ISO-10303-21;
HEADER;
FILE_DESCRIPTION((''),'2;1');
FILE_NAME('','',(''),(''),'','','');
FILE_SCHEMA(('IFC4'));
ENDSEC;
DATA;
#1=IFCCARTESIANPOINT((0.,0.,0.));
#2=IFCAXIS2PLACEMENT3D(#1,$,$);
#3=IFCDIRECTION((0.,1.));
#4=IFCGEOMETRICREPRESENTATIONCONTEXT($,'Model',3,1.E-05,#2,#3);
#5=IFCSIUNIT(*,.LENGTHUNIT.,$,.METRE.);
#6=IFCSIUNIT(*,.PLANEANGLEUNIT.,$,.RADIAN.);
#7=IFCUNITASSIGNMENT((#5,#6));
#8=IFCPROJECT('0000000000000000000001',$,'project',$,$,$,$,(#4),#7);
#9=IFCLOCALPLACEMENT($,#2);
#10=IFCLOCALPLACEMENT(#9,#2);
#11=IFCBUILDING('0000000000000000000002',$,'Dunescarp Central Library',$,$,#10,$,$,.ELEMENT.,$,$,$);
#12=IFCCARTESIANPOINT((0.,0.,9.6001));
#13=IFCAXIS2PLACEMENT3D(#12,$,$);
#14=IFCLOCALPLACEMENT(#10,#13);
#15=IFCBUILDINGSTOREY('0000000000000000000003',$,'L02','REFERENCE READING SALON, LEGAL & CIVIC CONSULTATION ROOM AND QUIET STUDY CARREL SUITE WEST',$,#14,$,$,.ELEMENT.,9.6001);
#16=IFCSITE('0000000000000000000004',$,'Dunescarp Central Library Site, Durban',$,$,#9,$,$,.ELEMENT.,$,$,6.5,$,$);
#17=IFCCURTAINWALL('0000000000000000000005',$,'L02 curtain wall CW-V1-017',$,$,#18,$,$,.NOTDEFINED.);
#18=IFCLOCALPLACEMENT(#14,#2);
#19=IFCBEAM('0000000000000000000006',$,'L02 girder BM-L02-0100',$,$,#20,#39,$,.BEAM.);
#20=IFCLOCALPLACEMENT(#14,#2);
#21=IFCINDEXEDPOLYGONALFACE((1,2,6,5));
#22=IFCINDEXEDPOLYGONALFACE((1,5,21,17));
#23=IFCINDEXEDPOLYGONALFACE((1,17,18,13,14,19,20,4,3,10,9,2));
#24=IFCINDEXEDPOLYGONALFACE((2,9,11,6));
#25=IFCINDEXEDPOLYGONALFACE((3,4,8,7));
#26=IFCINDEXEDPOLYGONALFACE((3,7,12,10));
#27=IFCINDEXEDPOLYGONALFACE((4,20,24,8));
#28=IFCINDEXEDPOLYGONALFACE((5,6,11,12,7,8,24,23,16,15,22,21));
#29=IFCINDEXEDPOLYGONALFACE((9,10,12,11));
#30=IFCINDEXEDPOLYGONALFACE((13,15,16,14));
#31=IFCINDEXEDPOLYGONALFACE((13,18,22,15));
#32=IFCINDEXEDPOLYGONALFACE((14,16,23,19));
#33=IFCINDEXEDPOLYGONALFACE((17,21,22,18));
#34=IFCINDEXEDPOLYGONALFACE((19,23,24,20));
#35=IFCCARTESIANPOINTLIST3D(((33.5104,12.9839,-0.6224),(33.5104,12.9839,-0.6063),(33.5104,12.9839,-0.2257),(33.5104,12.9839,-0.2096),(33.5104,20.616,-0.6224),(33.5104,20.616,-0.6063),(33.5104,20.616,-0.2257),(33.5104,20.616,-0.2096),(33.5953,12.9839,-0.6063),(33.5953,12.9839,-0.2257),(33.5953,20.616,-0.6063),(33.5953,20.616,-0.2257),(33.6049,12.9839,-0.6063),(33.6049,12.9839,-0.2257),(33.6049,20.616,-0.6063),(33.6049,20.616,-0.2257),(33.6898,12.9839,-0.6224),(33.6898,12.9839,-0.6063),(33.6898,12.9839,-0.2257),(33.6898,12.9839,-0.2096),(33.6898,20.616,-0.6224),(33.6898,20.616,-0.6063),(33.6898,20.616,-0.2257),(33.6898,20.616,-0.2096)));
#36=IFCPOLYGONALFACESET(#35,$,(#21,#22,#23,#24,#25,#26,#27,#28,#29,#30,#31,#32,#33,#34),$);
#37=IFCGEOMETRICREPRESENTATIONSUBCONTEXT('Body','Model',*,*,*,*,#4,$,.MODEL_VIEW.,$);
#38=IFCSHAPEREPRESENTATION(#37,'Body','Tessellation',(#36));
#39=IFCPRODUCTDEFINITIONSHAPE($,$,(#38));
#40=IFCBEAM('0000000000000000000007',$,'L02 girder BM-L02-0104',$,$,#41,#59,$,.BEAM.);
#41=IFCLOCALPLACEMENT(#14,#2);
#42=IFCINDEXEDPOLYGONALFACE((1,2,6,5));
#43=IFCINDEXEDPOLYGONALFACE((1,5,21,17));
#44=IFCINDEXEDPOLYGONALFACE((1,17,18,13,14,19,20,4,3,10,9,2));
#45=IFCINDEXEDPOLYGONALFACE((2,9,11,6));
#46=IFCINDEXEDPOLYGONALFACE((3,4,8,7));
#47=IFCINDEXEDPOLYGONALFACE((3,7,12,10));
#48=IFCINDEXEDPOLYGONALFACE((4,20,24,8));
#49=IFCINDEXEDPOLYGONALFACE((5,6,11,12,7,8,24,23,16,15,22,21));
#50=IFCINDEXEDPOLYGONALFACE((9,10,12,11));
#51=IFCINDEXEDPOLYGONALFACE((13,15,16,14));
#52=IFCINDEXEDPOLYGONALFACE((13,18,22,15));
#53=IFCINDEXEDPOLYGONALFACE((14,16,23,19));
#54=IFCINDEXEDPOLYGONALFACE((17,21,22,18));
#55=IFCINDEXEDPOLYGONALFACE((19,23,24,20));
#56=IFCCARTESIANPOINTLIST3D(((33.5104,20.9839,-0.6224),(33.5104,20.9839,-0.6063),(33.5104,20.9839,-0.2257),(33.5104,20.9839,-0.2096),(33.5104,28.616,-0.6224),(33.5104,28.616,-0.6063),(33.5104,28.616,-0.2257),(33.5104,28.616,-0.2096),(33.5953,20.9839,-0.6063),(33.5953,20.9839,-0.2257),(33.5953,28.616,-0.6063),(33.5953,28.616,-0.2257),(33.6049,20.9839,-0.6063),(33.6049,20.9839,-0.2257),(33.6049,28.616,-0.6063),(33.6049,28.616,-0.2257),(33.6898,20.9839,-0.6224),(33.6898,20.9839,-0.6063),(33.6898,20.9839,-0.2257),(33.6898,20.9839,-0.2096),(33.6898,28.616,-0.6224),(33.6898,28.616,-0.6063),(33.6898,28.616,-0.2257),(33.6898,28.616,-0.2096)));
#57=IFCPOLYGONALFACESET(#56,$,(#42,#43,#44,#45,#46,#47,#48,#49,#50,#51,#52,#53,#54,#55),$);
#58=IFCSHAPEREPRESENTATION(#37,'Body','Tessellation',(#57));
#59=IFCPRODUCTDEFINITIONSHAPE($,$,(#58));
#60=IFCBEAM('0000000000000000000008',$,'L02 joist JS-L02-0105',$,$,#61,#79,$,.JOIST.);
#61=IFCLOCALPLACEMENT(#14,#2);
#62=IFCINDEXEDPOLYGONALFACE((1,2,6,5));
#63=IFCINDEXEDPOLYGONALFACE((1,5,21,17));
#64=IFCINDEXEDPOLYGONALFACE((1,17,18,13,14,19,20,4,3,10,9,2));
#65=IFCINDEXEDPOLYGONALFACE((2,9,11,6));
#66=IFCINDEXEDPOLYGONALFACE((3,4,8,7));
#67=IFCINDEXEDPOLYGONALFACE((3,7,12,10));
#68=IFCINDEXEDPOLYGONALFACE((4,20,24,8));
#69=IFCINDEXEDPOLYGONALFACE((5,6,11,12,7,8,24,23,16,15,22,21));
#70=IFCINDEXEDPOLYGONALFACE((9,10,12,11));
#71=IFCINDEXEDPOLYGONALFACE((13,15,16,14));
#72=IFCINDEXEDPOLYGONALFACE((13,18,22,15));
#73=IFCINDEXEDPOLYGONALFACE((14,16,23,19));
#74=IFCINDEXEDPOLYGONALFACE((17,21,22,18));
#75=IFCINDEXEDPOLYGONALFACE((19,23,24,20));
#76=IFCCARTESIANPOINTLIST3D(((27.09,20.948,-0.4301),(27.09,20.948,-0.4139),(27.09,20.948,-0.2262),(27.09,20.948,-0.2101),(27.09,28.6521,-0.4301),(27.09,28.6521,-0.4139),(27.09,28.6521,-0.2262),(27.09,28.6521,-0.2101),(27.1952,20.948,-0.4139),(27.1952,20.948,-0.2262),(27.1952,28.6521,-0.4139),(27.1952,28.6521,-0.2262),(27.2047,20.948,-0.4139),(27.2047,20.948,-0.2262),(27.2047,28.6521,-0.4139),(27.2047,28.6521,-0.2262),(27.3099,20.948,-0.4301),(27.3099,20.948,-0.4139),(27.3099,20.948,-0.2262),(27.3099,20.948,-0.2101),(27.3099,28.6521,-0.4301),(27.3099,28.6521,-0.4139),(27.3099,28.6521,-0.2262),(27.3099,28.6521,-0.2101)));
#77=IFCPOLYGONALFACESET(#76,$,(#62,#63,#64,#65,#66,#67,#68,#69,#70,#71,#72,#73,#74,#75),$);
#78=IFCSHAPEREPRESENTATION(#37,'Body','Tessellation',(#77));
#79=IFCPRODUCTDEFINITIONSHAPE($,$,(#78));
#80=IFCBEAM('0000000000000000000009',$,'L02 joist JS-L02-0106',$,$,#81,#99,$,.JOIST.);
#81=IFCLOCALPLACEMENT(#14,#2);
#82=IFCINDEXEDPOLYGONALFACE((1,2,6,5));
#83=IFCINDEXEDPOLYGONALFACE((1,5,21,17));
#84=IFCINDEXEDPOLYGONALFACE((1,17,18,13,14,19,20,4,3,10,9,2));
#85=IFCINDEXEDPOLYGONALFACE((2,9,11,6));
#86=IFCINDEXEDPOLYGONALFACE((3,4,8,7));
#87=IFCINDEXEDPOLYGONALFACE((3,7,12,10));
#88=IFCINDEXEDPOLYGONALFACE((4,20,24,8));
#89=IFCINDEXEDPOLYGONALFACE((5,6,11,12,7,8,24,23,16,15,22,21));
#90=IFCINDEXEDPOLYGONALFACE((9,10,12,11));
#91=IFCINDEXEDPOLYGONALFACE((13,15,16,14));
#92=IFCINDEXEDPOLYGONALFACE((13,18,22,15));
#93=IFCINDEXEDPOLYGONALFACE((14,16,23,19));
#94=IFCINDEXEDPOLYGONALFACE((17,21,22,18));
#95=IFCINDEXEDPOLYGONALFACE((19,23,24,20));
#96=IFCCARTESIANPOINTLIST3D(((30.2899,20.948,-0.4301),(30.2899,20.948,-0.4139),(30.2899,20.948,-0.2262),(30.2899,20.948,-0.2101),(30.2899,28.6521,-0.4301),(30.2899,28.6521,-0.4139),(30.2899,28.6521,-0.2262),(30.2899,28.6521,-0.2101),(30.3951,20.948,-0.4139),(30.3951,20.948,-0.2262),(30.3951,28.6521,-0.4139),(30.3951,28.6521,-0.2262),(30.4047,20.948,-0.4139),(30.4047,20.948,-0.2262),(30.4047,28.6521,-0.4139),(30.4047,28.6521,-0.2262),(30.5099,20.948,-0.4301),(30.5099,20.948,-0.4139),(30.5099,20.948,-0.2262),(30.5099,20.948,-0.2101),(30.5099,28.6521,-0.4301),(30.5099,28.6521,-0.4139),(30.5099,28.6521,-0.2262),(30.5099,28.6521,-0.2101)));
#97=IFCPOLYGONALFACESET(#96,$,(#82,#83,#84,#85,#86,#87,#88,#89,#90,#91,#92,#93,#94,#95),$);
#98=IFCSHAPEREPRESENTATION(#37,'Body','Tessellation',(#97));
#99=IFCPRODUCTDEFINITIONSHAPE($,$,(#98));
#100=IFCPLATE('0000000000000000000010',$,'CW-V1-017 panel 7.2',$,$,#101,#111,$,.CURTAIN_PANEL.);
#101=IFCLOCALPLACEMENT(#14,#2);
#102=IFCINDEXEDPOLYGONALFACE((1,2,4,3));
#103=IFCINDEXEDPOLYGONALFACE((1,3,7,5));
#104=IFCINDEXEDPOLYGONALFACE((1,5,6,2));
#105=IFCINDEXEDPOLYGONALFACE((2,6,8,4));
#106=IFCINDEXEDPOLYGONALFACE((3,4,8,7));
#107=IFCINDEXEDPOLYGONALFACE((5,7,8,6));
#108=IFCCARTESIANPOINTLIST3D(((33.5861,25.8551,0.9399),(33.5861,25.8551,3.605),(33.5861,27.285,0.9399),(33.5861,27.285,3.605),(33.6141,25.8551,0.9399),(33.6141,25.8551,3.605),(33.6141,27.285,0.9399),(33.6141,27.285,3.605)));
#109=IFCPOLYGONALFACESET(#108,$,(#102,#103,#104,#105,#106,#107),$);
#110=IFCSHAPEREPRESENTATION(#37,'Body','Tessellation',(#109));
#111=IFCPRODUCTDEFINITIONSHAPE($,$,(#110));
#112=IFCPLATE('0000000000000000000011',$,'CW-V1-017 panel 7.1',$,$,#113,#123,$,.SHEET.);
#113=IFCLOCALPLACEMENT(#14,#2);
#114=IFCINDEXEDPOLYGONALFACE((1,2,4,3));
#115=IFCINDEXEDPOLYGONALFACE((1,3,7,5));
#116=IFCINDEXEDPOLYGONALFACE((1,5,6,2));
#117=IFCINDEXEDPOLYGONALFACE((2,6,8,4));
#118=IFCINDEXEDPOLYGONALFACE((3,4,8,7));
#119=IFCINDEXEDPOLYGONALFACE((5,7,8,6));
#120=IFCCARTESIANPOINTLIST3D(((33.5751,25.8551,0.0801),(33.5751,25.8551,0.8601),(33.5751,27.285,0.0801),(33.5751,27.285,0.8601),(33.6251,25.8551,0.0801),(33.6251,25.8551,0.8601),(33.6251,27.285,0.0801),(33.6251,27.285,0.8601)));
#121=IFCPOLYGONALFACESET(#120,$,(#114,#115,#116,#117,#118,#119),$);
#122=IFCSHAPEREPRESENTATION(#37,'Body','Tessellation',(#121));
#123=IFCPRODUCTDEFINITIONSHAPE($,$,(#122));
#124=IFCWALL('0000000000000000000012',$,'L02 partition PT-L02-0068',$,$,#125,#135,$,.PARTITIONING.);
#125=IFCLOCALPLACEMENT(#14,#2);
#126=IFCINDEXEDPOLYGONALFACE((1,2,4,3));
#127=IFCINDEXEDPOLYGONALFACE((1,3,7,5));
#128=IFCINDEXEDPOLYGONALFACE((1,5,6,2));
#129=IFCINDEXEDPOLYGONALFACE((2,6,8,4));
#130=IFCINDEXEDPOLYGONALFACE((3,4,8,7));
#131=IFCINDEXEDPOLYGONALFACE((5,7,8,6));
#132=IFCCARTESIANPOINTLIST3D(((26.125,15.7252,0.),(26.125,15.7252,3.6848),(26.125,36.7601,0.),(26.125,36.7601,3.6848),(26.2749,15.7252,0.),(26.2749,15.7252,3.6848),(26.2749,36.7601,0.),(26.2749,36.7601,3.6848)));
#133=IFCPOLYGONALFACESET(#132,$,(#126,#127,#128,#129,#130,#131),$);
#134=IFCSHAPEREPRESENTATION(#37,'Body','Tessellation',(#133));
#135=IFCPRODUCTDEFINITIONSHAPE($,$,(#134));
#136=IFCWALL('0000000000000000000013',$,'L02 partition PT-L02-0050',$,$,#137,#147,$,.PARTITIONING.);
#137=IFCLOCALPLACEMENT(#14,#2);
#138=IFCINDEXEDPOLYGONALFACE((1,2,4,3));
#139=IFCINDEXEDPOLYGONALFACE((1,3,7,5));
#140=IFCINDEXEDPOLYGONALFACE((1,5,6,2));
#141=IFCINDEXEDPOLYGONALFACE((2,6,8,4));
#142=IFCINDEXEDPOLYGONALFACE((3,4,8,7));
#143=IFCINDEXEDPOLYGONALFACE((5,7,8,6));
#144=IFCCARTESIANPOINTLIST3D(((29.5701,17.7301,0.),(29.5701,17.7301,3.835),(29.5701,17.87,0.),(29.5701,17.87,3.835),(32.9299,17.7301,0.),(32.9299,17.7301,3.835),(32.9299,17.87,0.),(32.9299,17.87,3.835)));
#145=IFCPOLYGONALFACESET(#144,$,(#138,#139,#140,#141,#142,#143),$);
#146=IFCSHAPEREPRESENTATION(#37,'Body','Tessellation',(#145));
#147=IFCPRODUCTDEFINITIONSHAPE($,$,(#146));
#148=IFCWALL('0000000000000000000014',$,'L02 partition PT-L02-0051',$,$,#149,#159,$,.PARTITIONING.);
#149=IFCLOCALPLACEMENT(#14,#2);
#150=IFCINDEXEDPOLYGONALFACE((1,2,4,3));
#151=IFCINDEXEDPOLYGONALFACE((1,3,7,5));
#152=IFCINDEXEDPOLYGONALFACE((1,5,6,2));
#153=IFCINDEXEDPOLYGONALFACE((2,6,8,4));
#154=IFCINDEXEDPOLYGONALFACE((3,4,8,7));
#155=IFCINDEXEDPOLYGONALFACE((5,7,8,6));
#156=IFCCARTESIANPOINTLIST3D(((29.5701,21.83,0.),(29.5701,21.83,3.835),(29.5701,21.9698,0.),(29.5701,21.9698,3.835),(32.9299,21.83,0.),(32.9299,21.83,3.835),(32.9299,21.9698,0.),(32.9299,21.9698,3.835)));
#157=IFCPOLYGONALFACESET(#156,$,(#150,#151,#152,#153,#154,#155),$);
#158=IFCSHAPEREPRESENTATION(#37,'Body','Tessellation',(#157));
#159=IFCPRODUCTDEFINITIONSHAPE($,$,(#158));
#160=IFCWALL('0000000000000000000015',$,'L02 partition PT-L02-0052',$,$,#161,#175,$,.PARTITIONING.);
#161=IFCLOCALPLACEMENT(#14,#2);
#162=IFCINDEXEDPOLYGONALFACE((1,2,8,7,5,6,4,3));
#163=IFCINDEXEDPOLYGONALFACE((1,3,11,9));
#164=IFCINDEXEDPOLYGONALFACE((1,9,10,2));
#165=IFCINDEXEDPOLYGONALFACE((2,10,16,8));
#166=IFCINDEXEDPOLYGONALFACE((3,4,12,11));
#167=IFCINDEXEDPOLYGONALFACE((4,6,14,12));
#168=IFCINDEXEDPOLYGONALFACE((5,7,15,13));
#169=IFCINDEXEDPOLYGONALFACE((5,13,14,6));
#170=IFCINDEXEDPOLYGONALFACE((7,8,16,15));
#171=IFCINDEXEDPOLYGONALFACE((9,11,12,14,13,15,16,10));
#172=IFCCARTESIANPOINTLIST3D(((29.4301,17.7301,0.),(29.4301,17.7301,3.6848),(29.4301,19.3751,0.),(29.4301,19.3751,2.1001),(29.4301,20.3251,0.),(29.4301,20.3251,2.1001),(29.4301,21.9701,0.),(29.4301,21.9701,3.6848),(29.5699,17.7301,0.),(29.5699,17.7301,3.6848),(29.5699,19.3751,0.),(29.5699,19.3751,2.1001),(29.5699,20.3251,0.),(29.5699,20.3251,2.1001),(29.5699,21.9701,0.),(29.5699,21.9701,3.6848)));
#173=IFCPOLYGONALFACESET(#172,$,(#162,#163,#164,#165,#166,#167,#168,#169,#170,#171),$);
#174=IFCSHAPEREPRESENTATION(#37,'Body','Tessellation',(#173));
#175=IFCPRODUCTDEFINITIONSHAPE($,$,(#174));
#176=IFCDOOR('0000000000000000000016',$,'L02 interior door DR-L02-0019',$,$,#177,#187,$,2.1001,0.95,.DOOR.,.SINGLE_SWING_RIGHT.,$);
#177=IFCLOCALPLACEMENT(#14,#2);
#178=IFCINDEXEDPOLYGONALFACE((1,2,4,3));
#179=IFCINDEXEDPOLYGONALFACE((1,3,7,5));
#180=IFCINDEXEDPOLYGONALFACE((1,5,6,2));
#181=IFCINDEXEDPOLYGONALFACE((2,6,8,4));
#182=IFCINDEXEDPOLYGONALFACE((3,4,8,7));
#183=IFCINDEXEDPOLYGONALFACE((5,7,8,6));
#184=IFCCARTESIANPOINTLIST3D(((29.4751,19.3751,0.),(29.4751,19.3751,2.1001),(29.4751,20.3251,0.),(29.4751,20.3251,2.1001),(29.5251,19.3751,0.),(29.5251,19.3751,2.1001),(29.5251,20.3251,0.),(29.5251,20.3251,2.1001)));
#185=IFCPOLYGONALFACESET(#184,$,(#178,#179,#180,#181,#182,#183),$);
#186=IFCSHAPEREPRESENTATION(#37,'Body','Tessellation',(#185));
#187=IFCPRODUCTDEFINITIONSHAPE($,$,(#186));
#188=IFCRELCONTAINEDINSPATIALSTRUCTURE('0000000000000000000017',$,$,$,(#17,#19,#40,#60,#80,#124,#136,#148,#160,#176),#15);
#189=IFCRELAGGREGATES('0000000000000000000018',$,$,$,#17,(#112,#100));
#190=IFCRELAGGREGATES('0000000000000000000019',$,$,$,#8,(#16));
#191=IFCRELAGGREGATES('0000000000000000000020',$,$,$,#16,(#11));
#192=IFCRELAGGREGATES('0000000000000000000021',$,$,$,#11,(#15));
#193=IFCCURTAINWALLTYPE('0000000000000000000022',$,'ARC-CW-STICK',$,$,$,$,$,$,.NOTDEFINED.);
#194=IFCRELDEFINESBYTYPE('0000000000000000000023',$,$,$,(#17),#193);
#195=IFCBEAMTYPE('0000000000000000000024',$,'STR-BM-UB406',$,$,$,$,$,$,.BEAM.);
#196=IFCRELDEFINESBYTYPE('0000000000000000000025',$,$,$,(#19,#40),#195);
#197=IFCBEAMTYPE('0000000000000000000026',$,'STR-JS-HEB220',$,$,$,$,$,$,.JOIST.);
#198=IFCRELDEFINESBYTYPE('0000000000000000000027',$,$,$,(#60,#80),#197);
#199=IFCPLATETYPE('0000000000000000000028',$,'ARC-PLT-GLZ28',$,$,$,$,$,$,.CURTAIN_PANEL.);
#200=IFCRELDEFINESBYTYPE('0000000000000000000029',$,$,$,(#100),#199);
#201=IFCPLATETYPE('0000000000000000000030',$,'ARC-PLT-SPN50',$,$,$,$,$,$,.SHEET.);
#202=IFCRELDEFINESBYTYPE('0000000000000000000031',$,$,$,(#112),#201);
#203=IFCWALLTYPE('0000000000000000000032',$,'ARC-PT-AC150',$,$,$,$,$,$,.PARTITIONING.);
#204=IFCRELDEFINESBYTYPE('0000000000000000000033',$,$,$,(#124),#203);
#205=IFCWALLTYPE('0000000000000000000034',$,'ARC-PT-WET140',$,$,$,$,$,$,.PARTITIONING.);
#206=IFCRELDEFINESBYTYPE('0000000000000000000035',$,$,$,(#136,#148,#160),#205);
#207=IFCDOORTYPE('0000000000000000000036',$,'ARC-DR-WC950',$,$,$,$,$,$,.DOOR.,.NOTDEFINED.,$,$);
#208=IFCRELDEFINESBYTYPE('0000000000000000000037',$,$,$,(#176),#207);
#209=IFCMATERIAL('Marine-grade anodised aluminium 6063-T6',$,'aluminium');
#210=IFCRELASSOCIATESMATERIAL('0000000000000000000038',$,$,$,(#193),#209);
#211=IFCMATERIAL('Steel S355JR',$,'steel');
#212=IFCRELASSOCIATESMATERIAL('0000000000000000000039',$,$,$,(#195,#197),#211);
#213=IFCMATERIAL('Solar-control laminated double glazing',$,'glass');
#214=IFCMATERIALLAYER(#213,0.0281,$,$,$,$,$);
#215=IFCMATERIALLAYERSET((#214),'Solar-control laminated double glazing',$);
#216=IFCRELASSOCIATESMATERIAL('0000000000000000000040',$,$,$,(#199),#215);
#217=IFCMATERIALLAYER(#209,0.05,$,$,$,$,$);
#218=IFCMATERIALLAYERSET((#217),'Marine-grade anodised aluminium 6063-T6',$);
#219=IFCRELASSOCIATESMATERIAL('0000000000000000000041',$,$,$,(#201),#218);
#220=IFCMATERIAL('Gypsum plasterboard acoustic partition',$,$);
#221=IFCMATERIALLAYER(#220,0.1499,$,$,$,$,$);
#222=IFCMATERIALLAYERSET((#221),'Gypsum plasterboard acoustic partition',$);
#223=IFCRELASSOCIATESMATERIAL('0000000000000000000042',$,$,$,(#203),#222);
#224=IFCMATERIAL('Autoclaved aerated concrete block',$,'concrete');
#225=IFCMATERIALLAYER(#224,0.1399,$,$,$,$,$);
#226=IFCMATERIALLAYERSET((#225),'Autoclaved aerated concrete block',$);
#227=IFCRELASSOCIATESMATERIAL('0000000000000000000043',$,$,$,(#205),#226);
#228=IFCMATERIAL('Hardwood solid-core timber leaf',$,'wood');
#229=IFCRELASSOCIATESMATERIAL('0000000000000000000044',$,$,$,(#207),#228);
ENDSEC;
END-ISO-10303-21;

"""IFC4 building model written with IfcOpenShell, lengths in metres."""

from ifc_helpers import new_model, si_unit, direction, frame, frame_2d, origin, origin_2d, place, context, subcontext, project, spatial, rectangle, i_section, extrude, material, layer, layer_set, material_profile, profile_set, type_object, element, fill, aggregate, save


model = new_model("IFC4")

# Units and contexts
model_context = context("Model", 3, precision=1e-05, world=origin(), true_north=direction((0.0, 1.0)))
body_context = subcontext(model_context, "Body", "Model", "MODEL_VIEW")
ifc_project = project(units=[si_unit("LENGTHUNIT", "METRE"), si_unit("PLANEANGLEUNIT", "RADIAN")], contexts=[model_context])

# Site, building, storey
site_placement = place(None, origin())
site = spatial("IfcSite", under=ifc_project, at=site_placement, Name="Dunescarp Central Library Site, Durban", CompositionType="ELEMENT", RefElevation=6.5)
building_placement = place(site_placement, origin())
building = spatial("IfcBuilding", under=site, at=building_placement, Name="Dunescarp Central Library", CompositionType="ELEMENT")
storey_placement = place(building_placement, frame((0.0, 0.0, 9.6001)))
storey = spatial("IfcBuildingStorey", under=building, at=storey_placement, Name="L02", Description="REFERENCE READING SALON, LEGAL & CIVIC CONSULTATION ROOM AND QUIET STUDY CARREL SUITE WEST", CompositionType="ELEMENT", Elevation=9.6001)

# Shared definitions
ifc_material_1 = material(Name="Steel S355JR", Category="steel")

# Curtain wall
ifc_material_2 = material(Name="Marine-grade anodised aluminium 6063-T6", Category="aluminium")
curtain_wall_type = type_object("IfcCurtainWallType", Name="ARC-CW-STICK", PredefinedType="NOTDEFINED", material=ifc_material_2)
curtain_wall_placement = place(storey_placement, origin())
curtain_wall = element("IfcCurtainWall", 1, at=curtain_wall_placement, inside=storey, type_object=curtain_wall_type, Name="L02 curtain wall CW-V1-017", PredefinedType="NOTDEFINED")

# Beams
ifc_material_profile_1 = material_profile(ifc_material_1, i_section(OverallWidth=0.1794, OverallDepth=0.4128, WebThickness=0.0095, FlangeThickness=0.0161, at=origin_2d()), Name="UB 406x178x74")
ifc_profile_set_1 = profile_set([ifc_material_profile_1], Name="Steel S355JR")
beam_type_1 = type_object("IfcBeamType", Name="STR-BM-UB406", PredefinedType="BEAM", material=ifc_profile_set_1)
for number, where, z_axis, x_axis, name in (
    (2, (33.6001, 12.9839, -0.416), (0.0, 1.0, 0.0), (-1.0, 0.0, 0.0), "L02 girder BM-L02-0100"),
    (3, (33.6001, 20.9839, -0.416), (0.0, 1.0, 0.0), (-1.0, 0.0, 0.0), "L02 girder BM-L02-0104"),
):
    element("IfcBeam", number, at=place(storey_placement, frame(where, z_axis=z_axis, x_axis=x_axis)), inside=storey, type_object=beam_type_1, Name=name, PredefinedType="BEAM", context=body_context, shape_type="SweptSolid", body=[
        extrude(i_section(OverallWidth=0.1794, OverallDepth=0.4128, WebThickness=0.0095, FlangeThickness=0.0161, at=origin_2d()), origin(), (0.0, 0.0, 1.0), 7.6321),
    ])
ifc_material_profile_2 = material_profile(ifc_material_1, i_section(OverallWidth=0.22, OverallDepth=0.22, WebThickness=0.0095, FlangeThickness=0.0161, at=origin_2d()), Name="HEB 220")
ifc_profile_set_2 = profile_set([ifc_material_profile_2], Name="Steel S355JR")
beam_type_2 = type_object("IfcBeamType", Name="STR-JS-HEB220", PredefinedType="JOIST", material=ifc_profile_set_2)
for number, where, z_axis, x_axis, name in (
    (4, (27.2, 20.948, -0.3201), (0.0, 1.0, 0.0), (-1.0, 0.0, 0.0), "L02 joist JS-L02-0105"),
    (5, (30.3999, 20.948, -0.3201), (0.0, 1.0, 0.0), (-1.0, 0.0, 0.0), "L02 joist JS-L02-0106"),
):
    element("IfcBeam", number, at=place(storey_placement, frame(where, z_axis=z_axis, x_axis=x_axis)), inside=storey, type_object=beam_type_2, Name=name, PredefinedType="JOIST", context=body_context, shape_type="SweptSolid", body=[
        extrude(i_section(OverallWidth=0.22, OverallDepth=0.22, WebThickness=0.0095, FlangeThickness=0.0161, at=origin_2d()), origin(), (0.0, 0.0, 1.0), 7.7041),
    ])

# Plates
ifc_material_3 = material(Name="Solar-control laminated double glazing", Category="glass")
ifc_layer_1 = layer(ifc_material_3, 0.0281)
ifc_layer_set_1 = layer_set([ifc_layer_1], Name="Solar-control laminated double glazing")
plate_type_1 = type_object("IfcPlateType", Name="ARC-PLT-GLZ28", PredefinedType="CURTAIN_PANEL", material=ifc_layer_set_1)
plate_1_placement = place(storey_placement, frame((33.6001, 26.5701, 0.9399), z_axis=(0.0, 0.0, 1.0), x_axis=(0.0, -1.0, 0.0)))
plate_1 = element("IfcPlate", 6, at=plate_1_placement, type_object=plate_type_1, Name="CW-V1-017 panel 7.2", PredefinedType="CURTAIN_PANEL", context=body_context, shape_type="SweptSolid", body=[
    extrude(rectangle(XDim=1.4299, YDim=0.0281, at=origin_2d()), origin(), (0.0, 0.0, 1.0), 2.665),
])
ifc_layer_2 = layer(ifc_material_2, 0.05)
ifc_layer_set_2 = layer_set([ifc_layer_2], Name="Marine-grade anodised aluminium 6063-T6")
plate_type_2 = type_object("IfcPlateType", Name="ARC-PLT-SPN50", PredefinedType="SHEET", material=ifc_layer_set_2)
plate_2_placement = place(storey_placement, frame((33.6001, 26.5701, 0.0801), z_axis=(0.0, 0.0, 1.0), x_axis=(0.0, -1.0, 0.0)))
plate_2 = element("IfcPlate", 7, at=plate_2_placement, type_object=plate_type_2, Name="CW-V1-017 panel 7.1", PredefinedType="SHEET", context=body_context, shape_type="SweptSolid", body=[
    extrude(rectangle(XDim=1.4299, YDim=0.05, at=origin_2d()), origin(), (0.0, 0.0, 1.0), 0.78),
])
aggregate(curtain_wall, [plate_2, plate_1])

# Walls
ifc_material_4 = material(Name="Gypsum plasterboard acoustic partition")
ifc_layer_3 = layer(ifc_material_4, 0.1499)
ifc_layer_set_3 = layer_set([ifc_layer_3], Name="Gypsum plasterboard acoustic partition")
wall_type_1 = type_object("IfcWallType", Name="ARC-PT-AC150", PredefinedType="PARTITIONING", material=ifc_layer_set_3)
wall_1_placement = place(storey_placement, frame((26.2, 15.7251, 0.0), z_axis=(0.0, 0.0, 1.0), x_axis=(0.0, 1.0, 0.0)))
element("IfcWall", 8, at=wall_1_placement, inside=storey, type_object=wall_type_1, Name="L02 partition PT-L02-0068", PredefinedType="PARTITIONING", context=body_context, shape_type="SweptSolid", body=[
    extrude(rectangle(XDim=21.0349, YDim=0.1499, at=frame_2d((10.5176, 0.0))), origin(), (0.0, 0.0, 1.0), 3.6848),
])
ifc_material_5 = material(Name="Autoclaved aerated concrete block", Category="concrete")
ifc_layer_4 = layer(ifc_material_5, 0.1399)
ifc_layer_set_4 = layer_set([ifc_layer_4], Name="Autoclaved aerated concrete block")
wall_type_2 = type_object("IfcWallType", Name="ARC-PT-WET140", PredefinedType="PARTITIONING", material=ifc_layer_set_4)
for number, where, z_axis, x_axis, name in (
    (9, (29.5701, 17.8, 0.0), (0.0, 0.0, 1.0), (1.0, 0.0, 0.0), "L02 partition PT-L02-0050"),
    (10, (29.5701, 21.8999, 0.0), (0.0, 0.0, 1.0), (1.0, 0.0, 0.0), "L02 partition PT-L02-0051"),
):
    element("IfcWall", number, at=place(storey_placement, frame(where, z_axis=z_axis, x_axis=x_axis)), inside=storey, type_object=wall_type_2, Name=name, PredefinedType="PARTITIONING", context=body_context, shape_type="SweptSolid", body=[
        extrude(rectangle(XDim=3.3599, YDim=0.1399, at=frame_2d((1.6799, 0.0))), origin(), (0.0, 0.0, 1.0), 3.835),
    ])

# Wall, opening, door
wall_2_placement = place(storey_placement, frame((29.5, 17.73, 0.0), z_axis=(0.0, 0.0, 1.0), x_axis=(0.0, 1.0, 0.0)))
wall_2 = element("IfcWall", 11, at=wall_2_placement, inside=storey, type_object=wall_type_2, Name="L02 partition PT-L02-0052", PredefinedType="PARTITIONING", context=body_context, shape_type="SweptSolid", body=[
    extrude(rectangle(XDim=4.24, YDim=0.1399, at=frame_2d((2.1201, 0.0))), origin(), (0.0, 0.0, 1.0), 3.6848),
])
opening_1_placement = place(wall_2_placement, frame((1.645, 0.0, 0.0)))
opening_1 = element("IfcOpeningElement", 12, at=opening_1_placement, cuts=wall_2, PredefinedType="OPENING", context=body_context, shape_type="SweptSolid", body=[
    extrude(rectangle(XDim=0.95, YDim=2.1001, at=frame_2d((0.4751, 1.05))), frame((0.0, 0.0801, 0.0), z_axis=(0.0, -1.0, 0.0), x_axis=(1.0, 0.0, 0.0)), (0.0, 0.0, 1.0), 0.1599),
])
ifc_material_6 = material(Name="Hardwood solid-core timber leaf", Category="wood")
door_type_1 = type_object("IfcDoorType", Name="ARC-DR-WC950", OperationType="NOTDEFINED", PredefinedType="DOOR", material=ifc_material_6)
door_1_placement = place(opening_1_placement, origin())
door_1 = element("IfcDoor", 13, at=door_1_placement, inside=storey, type_object=door_type_1, Name="L02 interior door DR-L02-0019", OperationType="SINGLE_SWING_RIGHT", OverallHeight=2.1001, OverallWidth=0.95, PredefinedType="DOOR", context=body_context, shape_type="SweptSolid", body=[
    extrude(rectangle(XDim=0.95, YDim=2.1001, at=frame_2d((0.4751, 1.05))), frame((0.0, 0.0249, 0.0), z_axis=(0.0, -1.0, 0.0), x_axis=(1.0, 0.0, 0.0)), (0.0, 0.0, 1.0), 0.05),
])
fill(opening_1, door_1)

save(model, "model.ifc")
